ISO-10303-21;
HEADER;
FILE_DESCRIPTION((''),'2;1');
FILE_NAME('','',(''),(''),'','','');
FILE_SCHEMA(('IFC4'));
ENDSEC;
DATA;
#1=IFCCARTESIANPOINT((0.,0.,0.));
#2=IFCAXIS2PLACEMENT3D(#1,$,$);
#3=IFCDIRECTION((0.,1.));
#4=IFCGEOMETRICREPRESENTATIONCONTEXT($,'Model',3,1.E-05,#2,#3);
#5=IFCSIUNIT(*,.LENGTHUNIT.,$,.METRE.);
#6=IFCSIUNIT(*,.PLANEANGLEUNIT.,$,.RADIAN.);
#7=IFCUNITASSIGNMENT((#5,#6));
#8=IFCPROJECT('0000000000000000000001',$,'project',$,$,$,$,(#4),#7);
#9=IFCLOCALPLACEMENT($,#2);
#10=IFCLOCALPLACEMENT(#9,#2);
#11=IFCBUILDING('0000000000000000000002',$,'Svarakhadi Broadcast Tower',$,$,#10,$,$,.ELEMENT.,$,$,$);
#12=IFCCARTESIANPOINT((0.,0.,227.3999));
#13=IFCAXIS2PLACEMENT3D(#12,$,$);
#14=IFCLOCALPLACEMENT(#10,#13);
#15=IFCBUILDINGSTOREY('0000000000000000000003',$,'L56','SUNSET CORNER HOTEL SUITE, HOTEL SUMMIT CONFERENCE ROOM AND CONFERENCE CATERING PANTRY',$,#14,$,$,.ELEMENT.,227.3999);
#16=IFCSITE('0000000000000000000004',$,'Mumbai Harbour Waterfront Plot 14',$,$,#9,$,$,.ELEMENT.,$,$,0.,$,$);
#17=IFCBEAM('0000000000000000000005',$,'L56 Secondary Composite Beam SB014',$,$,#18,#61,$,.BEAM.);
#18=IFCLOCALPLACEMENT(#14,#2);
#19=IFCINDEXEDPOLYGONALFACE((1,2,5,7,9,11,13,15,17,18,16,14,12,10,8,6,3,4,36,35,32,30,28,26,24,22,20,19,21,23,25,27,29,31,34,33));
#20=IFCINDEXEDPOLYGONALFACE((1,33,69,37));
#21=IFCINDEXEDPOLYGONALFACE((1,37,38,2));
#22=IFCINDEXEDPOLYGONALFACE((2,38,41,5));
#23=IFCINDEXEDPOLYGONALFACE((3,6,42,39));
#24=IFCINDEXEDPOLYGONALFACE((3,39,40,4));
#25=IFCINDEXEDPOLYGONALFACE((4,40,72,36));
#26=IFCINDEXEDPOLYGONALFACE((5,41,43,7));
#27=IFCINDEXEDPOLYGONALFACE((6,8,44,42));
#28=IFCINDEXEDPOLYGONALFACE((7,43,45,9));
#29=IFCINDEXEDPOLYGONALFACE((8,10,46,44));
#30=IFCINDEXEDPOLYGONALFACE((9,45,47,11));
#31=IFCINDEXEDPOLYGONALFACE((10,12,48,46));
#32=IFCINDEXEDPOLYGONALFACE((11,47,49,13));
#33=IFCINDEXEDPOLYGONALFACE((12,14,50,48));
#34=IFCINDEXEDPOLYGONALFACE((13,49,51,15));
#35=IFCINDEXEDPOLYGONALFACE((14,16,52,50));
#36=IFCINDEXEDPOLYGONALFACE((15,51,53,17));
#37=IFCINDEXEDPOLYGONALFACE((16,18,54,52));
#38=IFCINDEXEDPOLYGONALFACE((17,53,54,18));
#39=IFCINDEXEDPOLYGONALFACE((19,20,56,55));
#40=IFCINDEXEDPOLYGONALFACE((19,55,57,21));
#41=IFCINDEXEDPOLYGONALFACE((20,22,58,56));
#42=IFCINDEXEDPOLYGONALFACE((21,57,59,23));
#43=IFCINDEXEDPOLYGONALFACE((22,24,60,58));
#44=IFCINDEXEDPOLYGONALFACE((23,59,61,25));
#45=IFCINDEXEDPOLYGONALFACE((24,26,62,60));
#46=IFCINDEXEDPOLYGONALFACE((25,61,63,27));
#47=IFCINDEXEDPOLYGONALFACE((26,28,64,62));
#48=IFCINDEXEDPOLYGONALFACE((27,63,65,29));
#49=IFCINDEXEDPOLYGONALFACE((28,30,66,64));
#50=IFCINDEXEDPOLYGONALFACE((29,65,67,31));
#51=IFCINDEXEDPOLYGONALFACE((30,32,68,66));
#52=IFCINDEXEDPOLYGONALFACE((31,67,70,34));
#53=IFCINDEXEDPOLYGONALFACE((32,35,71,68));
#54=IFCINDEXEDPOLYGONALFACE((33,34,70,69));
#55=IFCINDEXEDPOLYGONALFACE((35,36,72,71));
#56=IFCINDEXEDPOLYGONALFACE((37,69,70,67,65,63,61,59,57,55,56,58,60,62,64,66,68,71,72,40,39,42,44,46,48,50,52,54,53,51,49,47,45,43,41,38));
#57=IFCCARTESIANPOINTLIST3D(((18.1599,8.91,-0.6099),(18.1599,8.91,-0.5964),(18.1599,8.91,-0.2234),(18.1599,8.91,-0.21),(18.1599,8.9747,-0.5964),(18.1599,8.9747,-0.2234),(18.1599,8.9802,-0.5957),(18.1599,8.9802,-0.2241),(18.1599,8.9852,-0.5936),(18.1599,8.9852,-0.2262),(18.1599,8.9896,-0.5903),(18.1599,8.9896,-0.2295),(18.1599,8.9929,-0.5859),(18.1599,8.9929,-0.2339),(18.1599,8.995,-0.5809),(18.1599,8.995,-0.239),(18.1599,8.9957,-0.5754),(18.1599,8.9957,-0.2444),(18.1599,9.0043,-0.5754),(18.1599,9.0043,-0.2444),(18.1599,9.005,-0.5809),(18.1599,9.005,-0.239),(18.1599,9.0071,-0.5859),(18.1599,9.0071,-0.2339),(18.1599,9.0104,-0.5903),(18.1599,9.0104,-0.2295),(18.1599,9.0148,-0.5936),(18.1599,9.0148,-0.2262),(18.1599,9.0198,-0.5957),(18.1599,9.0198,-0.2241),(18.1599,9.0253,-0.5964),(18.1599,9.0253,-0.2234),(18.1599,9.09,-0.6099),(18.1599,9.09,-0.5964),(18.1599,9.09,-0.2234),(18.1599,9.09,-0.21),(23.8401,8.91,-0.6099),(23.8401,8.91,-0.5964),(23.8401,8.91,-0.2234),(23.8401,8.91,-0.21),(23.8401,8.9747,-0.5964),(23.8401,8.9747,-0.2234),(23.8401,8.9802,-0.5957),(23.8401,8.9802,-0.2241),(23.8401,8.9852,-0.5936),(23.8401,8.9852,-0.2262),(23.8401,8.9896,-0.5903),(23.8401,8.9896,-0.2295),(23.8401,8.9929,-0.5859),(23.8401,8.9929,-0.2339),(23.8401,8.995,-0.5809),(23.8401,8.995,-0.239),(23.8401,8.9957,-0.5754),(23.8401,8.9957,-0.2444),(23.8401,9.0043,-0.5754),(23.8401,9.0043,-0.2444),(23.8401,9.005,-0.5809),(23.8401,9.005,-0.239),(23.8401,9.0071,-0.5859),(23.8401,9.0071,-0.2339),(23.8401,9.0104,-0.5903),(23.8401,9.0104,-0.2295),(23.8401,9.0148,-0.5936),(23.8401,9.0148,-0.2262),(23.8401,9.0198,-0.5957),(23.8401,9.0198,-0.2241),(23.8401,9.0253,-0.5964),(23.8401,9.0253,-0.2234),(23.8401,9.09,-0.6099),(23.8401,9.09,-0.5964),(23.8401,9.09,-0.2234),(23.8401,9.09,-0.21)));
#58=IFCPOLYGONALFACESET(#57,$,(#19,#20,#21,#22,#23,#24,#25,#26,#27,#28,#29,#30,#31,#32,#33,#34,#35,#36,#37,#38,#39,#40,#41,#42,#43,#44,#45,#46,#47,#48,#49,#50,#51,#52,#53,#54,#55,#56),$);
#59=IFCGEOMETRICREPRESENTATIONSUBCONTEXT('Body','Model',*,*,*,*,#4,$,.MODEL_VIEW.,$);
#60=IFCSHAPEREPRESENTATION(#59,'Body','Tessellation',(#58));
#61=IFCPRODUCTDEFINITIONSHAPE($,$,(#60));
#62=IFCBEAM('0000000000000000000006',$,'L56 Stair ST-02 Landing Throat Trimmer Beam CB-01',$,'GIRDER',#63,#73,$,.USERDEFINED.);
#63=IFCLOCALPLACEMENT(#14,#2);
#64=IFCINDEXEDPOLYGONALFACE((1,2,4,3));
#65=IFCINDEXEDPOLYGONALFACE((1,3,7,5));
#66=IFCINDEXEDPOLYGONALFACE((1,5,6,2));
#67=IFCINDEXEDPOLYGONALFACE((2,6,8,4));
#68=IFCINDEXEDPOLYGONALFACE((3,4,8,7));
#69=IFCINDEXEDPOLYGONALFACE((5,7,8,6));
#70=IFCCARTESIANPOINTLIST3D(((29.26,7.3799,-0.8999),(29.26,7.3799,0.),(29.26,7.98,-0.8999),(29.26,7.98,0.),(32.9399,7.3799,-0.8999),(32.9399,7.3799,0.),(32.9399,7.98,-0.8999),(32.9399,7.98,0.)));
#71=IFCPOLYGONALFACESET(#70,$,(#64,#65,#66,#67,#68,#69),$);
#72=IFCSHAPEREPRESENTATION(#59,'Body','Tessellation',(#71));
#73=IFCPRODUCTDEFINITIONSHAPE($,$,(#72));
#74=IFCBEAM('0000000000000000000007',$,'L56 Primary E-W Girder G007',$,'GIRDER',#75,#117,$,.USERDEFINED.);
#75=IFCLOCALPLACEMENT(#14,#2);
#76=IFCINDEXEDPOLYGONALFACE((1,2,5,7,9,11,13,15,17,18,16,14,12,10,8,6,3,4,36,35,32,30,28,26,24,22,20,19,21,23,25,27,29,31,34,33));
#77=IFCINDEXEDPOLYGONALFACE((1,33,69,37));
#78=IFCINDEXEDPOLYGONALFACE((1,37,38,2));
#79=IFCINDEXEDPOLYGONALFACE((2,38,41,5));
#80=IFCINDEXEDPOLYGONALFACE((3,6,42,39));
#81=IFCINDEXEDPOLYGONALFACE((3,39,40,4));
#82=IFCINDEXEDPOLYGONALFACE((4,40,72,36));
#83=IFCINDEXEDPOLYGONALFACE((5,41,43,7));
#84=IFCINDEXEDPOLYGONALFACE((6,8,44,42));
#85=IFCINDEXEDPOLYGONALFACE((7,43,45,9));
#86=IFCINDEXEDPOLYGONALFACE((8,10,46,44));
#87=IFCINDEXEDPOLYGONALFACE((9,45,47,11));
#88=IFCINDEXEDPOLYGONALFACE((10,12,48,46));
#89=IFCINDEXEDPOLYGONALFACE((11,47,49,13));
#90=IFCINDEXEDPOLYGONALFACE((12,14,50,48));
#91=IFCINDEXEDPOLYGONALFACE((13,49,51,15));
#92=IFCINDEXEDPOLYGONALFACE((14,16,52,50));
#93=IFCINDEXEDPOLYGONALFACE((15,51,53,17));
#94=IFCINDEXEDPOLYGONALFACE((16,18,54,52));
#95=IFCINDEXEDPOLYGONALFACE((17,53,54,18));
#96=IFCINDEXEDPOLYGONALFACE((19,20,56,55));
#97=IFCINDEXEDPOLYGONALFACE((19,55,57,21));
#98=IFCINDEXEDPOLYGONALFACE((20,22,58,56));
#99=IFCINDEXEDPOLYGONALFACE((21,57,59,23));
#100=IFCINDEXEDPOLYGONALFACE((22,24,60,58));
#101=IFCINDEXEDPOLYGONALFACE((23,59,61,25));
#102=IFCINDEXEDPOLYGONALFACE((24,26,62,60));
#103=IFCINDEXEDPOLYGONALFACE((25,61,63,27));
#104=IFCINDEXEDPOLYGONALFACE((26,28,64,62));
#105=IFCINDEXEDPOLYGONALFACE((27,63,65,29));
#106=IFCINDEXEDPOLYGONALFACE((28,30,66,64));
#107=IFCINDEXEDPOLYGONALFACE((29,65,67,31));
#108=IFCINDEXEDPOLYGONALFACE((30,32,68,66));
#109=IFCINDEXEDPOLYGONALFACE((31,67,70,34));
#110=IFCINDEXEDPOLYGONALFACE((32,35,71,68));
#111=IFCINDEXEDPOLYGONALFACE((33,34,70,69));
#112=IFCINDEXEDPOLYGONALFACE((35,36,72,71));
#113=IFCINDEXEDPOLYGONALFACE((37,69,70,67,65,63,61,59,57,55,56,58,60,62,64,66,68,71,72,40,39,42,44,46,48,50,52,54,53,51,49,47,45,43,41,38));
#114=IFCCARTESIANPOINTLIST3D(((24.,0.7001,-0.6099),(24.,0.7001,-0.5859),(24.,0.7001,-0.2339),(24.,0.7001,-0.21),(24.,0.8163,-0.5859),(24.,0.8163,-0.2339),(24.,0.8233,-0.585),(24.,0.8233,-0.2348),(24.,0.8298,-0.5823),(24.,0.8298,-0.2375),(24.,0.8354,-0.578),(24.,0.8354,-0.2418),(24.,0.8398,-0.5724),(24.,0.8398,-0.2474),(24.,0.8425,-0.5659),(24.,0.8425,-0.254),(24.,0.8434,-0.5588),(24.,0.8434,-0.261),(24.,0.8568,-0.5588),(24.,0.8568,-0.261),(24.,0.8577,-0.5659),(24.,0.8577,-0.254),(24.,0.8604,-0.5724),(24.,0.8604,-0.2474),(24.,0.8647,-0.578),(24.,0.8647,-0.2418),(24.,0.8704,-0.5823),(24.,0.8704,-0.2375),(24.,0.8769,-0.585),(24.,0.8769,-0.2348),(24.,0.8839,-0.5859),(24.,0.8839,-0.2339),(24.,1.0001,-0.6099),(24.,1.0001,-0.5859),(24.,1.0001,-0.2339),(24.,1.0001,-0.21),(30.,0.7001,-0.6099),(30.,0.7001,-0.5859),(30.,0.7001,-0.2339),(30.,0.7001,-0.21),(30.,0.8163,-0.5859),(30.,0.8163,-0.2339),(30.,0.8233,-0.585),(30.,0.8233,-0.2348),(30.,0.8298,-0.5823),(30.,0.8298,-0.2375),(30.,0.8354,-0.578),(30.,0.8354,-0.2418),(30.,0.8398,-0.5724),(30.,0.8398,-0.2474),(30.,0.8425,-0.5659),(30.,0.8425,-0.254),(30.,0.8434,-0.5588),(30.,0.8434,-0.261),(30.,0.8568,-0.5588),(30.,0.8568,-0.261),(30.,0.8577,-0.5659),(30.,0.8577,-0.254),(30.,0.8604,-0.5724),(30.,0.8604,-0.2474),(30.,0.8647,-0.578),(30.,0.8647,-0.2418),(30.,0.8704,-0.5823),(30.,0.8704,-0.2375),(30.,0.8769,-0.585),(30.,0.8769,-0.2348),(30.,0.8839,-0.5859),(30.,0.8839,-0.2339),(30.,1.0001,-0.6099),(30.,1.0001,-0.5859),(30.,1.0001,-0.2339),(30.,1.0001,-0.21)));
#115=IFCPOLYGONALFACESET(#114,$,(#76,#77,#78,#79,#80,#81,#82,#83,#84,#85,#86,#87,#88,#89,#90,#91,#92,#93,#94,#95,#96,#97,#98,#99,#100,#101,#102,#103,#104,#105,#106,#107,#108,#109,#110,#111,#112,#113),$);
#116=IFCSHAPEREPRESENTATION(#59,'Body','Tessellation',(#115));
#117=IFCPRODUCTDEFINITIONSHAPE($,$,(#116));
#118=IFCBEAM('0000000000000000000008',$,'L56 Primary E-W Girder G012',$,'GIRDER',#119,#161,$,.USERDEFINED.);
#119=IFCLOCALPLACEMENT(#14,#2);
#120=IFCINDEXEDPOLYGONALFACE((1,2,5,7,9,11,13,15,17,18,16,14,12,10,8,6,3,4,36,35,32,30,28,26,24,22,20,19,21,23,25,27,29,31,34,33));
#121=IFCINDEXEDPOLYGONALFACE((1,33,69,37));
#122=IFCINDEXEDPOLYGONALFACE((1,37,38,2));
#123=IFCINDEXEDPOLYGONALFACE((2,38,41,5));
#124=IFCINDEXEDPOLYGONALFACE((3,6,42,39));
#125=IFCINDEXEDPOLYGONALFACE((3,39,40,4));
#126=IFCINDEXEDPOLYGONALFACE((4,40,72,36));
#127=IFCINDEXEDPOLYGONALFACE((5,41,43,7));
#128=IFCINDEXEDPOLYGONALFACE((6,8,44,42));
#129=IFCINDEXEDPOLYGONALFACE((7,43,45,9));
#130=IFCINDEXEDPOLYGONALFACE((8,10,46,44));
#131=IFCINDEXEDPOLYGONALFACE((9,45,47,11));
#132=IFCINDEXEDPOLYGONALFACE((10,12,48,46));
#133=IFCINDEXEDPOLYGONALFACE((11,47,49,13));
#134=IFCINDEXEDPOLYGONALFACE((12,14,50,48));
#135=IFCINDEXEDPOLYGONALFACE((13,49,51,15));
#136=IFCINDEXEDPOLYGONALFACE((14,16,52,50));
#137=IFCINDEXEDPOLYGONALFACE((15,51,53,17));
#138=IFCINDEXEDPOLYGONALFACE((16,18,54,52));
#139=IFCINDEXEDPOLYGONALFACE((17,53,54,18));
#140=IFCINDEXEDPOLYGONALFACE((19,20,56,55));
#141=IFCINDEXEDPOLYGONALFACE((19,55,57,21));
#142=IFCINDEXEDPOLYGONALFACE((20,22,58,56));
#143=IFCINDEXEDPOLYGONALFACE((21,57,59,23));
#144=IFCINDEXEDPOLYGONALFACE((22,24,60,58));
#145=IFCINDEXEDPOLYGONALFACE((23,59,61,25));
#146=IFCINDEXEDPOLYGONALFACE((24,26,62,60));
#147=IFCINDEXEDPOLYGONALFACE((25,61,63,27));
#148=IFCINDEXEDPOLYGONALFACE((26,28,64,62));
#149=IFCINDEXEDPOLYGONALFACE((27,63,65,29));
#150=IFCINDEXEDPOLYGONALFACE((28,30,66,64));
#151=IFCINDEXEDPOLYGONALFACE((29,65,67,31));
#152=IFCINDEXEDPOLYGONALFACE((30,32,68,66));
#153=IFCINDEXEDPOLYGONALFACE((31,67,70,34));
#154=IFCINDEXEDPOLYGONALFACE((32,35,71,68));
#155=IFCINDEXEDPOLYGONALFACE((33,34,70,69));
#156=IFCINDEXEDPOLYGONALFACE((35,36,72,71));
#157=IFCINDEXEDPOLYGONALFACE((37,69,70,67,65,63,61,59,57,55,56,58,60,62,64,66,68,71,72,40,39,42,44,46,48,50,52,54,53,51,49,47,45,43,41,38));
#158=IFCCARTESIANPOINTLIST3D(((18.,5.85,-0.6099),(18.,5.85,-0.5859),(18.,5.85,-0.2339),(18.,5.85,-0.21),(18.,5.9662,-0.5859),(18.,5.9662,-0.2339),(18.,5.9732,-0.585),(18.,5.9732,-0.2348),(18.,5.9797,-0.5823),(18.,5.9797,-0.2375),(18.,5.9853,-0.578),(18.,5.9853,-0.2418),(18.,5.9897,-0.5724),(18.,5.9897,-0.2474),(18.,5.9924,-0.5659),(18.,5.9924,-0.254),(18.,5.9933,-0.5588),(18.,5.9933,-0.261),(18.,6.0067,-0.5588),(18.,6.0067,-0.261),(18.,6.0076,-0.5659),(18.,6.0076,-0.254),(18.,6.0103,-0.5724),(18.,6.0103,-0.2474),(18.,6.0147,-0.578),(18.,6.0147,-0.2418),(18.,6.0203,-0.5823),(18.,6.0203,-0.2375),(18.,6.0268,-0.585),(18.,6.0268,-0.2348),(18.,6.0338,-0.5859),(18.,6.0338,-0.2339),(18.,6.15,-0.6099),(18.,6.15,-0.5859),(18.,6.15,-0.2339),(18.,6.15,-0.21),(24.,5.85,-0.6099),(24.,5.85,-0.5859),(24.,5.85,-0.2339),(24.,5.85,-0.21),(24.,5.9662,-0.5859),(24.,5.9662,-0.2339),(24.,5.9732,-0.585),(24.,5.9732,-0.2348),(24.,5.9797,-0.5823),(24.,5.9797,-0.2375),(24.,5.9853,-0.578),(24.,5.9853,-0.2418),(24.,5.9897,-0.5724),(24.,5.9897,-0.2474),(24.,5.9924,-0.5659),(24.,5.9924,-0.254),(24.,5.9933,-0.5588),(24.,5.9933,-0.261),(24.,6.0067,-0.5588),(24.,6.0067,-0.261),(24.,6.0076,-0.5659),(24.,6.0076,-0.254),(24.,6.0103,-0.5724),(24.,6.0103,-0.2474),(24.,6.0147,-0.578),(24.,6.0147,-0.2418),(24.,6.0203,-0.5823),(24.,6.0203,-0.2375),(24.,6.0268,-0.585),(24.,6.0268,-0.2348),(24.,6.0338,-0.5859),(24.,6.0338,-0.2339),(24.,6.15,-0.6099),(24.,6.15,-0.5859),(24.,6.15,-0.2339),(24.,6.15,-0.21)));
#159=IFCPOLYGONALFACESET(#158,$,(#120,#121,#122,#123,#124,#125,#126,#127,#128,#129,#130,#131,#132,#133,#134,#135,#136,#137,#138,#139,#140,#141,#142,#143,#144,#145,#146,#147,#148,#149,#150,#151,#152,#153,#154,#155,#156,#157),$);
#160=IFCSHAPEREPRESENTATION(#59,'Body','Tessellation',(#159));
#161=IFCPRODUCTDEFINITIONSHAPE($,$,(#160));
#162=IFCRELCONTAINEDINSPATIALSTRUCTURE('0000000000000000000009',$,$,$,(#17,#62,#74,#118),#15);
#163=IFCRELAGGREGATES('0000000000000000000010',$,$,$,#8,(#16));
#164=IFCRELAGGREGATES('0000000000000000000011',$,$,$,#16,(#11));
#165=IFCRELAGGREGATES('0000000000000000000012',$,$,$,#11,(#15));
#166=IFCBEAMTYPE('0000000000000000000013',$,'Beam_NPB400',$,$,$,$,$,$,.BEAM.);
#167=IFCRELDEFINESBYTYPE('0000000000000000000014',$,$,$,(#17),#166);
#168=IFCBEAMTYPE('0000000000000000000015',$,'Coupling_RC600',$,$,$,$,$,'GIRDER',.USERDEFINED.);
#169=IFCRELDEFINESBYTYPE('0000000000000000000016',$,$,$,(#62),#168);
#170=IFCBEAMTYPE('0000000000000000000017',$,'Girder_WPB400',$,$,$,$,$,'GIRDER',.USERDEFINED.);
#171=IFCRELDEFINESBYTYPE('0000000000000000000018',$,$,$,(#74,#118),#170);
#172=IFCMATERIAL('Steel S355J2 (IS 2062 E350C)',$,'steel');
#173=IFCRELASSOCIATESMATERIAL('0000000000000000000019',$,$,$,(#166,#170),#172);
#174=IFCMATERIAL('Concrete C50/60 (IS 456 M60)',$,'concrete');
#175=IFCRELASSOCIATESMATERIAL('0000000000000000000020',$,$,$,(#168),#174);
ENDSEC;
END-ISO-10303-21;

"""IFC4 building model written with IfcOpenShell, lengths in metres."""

from ifc_helpers import new_model, si_unit, direction, frame, origin, origin_2d, place, context, subcontext, project, spatial, rectangle, i_section, extrude, material, material_profile, profile_set, type_object, element, save


model = new_model("IFC4")

# Units and contexts
model_context = context("Model", 3, precision=1e-05, world=origin(), true_north=direction((0.0, 1.0)))
body_context = subcontext(model_context, "Body", "Model", "MODEL_VIEW")
ifc_project = project(units=[si_unit("LENGTHUNIT", "METRE"), si_unit("PLANEANGLEUNIT", "RADIAN")], contexts=[model_context])

# Site, building, storey
site_placement = place(None, origin())
site = spatial("IfcSite", under=ifc_project, at=site_placement, Name="Mumbai Harbour Waterfront Plot 14", CompositionType="ELEMENT", RefElevation=0.0)
building_placement = place(site_placement, origin())
building = spatial("IfcBuilding", under=site, at=building_placement, Name="Svarakhadi Broadcast Tower", CompositionType="ELEMENT")
storey_placement = place(building_placement, frame((0.0, 0.0, 227.3999)))
storey = spatial("IfcBuildingStorey", under=building, at=storey_placement, Name="L56", Description="SUNSET CORNER HOTEL SUITE, HOTEL SUMMIT CONFERENCE ROOM AND CONFERENCE CATERING PANTRY", CompositionType="ELEMENT", Elevation=227.3999)

# Shared definitions
ifc_material_1 = material(Name="Concrete C50/60 (IS 456 M60)", Category="concrete")

# Beams
ifc_material_2 = material(Name="Steel S355J2 (IS 2062 E350C)", Category="steel")
ifc_material_profile_1 = material_profile(ifc_material_2, i_section(OverallWidth=0.1799, OverallDepth=0.3999, WebThickness=0.0085, FlangeThickness=0.0134, FilletRadius=0.021, at=origin_2d()), Name="NPB 400x180x66")
ifc_profile_set_1 = profile_set([ifc_material_profile_1], Name="Steel S355J2 (IS 2062 E350C)")
beam_type_1 = type_object("IfcBeamType", Name="Beam_NPB400", PredefinedType="BEAM", material=ifc_profile_set_1)
for number, where, z_axis, x_axis, name in (
    (1, (18.1599, 9.0, -0.4099), (1.0, 0.0, 0.0), (0.0, 1.0, 0.0), "L56 Secondary Composite Beam SB014"),
):
    element("IfcBeam", number, at=place(storey_placement, frame(where, z_axis=z_axis, x_axis=x_axis)), inside=storey, type_object=beam_type_1, Name=name, PredefinedType="BEAM", context=body_context, shape_type="SweptSolid", body=[
        extrude(i_section(OverallWidth=0.1799, OverallDepth=0.3999, WebThickness=0.0085, FlangeThickness=0.0134, FilletRadius=0.021, at=origin_2d()), origin(), (0.0, 0.0, 1.0), 5.6802),
    ])
ifc_material_profile_2 = material_profile(ifc_material_1, rectangle(XDim=0.6001, YDim=0.8999, at=origin_2d()), Name="RC 600x900")
ifc_profile_set_2 = profile_set([ifc_material_profile_2], Name="Concrete C50/60 (IS 456 M60)")
beam_type_2 = type_object("IfcBeamType", Name="Coupling_RC600", ElementType="GIRDER", PredefinedType="USERDEFINED", material=ifc_profile_set_2)
beam_1_placement = place(storey_placement, frame((29.26, 7.6799, -0.45), z_axis=(1.0, 0.0, 0.0), x_axis=(0.0, 1.0, 0.0)))
element("IfcBeam", 2, at=beam_1_placement, inside=storey, type_object=beam_type_2, Name="L56 Stair ST-02 Landing Throat Trimmer Beam CB-01", ObjectType="GIRDER", PredefinedType="USERDEFINED", context=body_context, shape_type="SweptSolid", body=[
    extrude(rectangle(XDim=0.6001, YDim=0.8999, at=origin_2d()), origin(), (0.0, 0.0, 1.0), 3.6799),
])
ifc_material_profile_3 = material_profile(ifc_material_2, i_section(OverallWidth=0.3, OverallDepth=0.3999, WebThickness=0.0134, FlangeThickness=0.0239, FilletRadius=0.0271, at=origin_2d()), Name="WPB 400x300x155")
ifc_profile_set_3 = profile_set([ifc_material_profile_3], Name="Steel S355J2 (IS 2062 E350C)")
beam_type_3 = type_object("IfcBeamType", Name="Girder_WPB400", ElementType="GIRDER", PredefinedType="USERDEFINED", material=ifc_profile_set_3)
for number, where, z_axis, x_axis, name in (
    (3, (24.0, 0.8501, -0.4099), (1.0, 0.0, 0.0), (0.0, 1.0, 0.0), "L56 Primary E-W Girder G007"),
    (4, (18.0, 6.0, -0.4099), (1.0, 0.0, 0.0), (0.0, 1.0, 0.0), "L56 Primary E-W Girder G012"),
):
    element("IfcBeam", number, at=place(storey_placement, frame(where, z_axis=z_axis, x_axis=x_axis)), inside=storey, type_object=beam_type_3, Name=name, ObjectType="GIRDER", PredefinedType="USERDEFINED", context=body_context, shape_type="SweptSolid", body=[
        extrude(i_section(OverallWidth=0.3, OverallDepth=0.3999, WebThickness=0.0134, FlangeThickness=0.0239, FilletRadius=0.0271, at=origin_2d()), origin(), (0.0, 0.0, 1.0), 6.0),
    ])

save(model, "model.ifc")
